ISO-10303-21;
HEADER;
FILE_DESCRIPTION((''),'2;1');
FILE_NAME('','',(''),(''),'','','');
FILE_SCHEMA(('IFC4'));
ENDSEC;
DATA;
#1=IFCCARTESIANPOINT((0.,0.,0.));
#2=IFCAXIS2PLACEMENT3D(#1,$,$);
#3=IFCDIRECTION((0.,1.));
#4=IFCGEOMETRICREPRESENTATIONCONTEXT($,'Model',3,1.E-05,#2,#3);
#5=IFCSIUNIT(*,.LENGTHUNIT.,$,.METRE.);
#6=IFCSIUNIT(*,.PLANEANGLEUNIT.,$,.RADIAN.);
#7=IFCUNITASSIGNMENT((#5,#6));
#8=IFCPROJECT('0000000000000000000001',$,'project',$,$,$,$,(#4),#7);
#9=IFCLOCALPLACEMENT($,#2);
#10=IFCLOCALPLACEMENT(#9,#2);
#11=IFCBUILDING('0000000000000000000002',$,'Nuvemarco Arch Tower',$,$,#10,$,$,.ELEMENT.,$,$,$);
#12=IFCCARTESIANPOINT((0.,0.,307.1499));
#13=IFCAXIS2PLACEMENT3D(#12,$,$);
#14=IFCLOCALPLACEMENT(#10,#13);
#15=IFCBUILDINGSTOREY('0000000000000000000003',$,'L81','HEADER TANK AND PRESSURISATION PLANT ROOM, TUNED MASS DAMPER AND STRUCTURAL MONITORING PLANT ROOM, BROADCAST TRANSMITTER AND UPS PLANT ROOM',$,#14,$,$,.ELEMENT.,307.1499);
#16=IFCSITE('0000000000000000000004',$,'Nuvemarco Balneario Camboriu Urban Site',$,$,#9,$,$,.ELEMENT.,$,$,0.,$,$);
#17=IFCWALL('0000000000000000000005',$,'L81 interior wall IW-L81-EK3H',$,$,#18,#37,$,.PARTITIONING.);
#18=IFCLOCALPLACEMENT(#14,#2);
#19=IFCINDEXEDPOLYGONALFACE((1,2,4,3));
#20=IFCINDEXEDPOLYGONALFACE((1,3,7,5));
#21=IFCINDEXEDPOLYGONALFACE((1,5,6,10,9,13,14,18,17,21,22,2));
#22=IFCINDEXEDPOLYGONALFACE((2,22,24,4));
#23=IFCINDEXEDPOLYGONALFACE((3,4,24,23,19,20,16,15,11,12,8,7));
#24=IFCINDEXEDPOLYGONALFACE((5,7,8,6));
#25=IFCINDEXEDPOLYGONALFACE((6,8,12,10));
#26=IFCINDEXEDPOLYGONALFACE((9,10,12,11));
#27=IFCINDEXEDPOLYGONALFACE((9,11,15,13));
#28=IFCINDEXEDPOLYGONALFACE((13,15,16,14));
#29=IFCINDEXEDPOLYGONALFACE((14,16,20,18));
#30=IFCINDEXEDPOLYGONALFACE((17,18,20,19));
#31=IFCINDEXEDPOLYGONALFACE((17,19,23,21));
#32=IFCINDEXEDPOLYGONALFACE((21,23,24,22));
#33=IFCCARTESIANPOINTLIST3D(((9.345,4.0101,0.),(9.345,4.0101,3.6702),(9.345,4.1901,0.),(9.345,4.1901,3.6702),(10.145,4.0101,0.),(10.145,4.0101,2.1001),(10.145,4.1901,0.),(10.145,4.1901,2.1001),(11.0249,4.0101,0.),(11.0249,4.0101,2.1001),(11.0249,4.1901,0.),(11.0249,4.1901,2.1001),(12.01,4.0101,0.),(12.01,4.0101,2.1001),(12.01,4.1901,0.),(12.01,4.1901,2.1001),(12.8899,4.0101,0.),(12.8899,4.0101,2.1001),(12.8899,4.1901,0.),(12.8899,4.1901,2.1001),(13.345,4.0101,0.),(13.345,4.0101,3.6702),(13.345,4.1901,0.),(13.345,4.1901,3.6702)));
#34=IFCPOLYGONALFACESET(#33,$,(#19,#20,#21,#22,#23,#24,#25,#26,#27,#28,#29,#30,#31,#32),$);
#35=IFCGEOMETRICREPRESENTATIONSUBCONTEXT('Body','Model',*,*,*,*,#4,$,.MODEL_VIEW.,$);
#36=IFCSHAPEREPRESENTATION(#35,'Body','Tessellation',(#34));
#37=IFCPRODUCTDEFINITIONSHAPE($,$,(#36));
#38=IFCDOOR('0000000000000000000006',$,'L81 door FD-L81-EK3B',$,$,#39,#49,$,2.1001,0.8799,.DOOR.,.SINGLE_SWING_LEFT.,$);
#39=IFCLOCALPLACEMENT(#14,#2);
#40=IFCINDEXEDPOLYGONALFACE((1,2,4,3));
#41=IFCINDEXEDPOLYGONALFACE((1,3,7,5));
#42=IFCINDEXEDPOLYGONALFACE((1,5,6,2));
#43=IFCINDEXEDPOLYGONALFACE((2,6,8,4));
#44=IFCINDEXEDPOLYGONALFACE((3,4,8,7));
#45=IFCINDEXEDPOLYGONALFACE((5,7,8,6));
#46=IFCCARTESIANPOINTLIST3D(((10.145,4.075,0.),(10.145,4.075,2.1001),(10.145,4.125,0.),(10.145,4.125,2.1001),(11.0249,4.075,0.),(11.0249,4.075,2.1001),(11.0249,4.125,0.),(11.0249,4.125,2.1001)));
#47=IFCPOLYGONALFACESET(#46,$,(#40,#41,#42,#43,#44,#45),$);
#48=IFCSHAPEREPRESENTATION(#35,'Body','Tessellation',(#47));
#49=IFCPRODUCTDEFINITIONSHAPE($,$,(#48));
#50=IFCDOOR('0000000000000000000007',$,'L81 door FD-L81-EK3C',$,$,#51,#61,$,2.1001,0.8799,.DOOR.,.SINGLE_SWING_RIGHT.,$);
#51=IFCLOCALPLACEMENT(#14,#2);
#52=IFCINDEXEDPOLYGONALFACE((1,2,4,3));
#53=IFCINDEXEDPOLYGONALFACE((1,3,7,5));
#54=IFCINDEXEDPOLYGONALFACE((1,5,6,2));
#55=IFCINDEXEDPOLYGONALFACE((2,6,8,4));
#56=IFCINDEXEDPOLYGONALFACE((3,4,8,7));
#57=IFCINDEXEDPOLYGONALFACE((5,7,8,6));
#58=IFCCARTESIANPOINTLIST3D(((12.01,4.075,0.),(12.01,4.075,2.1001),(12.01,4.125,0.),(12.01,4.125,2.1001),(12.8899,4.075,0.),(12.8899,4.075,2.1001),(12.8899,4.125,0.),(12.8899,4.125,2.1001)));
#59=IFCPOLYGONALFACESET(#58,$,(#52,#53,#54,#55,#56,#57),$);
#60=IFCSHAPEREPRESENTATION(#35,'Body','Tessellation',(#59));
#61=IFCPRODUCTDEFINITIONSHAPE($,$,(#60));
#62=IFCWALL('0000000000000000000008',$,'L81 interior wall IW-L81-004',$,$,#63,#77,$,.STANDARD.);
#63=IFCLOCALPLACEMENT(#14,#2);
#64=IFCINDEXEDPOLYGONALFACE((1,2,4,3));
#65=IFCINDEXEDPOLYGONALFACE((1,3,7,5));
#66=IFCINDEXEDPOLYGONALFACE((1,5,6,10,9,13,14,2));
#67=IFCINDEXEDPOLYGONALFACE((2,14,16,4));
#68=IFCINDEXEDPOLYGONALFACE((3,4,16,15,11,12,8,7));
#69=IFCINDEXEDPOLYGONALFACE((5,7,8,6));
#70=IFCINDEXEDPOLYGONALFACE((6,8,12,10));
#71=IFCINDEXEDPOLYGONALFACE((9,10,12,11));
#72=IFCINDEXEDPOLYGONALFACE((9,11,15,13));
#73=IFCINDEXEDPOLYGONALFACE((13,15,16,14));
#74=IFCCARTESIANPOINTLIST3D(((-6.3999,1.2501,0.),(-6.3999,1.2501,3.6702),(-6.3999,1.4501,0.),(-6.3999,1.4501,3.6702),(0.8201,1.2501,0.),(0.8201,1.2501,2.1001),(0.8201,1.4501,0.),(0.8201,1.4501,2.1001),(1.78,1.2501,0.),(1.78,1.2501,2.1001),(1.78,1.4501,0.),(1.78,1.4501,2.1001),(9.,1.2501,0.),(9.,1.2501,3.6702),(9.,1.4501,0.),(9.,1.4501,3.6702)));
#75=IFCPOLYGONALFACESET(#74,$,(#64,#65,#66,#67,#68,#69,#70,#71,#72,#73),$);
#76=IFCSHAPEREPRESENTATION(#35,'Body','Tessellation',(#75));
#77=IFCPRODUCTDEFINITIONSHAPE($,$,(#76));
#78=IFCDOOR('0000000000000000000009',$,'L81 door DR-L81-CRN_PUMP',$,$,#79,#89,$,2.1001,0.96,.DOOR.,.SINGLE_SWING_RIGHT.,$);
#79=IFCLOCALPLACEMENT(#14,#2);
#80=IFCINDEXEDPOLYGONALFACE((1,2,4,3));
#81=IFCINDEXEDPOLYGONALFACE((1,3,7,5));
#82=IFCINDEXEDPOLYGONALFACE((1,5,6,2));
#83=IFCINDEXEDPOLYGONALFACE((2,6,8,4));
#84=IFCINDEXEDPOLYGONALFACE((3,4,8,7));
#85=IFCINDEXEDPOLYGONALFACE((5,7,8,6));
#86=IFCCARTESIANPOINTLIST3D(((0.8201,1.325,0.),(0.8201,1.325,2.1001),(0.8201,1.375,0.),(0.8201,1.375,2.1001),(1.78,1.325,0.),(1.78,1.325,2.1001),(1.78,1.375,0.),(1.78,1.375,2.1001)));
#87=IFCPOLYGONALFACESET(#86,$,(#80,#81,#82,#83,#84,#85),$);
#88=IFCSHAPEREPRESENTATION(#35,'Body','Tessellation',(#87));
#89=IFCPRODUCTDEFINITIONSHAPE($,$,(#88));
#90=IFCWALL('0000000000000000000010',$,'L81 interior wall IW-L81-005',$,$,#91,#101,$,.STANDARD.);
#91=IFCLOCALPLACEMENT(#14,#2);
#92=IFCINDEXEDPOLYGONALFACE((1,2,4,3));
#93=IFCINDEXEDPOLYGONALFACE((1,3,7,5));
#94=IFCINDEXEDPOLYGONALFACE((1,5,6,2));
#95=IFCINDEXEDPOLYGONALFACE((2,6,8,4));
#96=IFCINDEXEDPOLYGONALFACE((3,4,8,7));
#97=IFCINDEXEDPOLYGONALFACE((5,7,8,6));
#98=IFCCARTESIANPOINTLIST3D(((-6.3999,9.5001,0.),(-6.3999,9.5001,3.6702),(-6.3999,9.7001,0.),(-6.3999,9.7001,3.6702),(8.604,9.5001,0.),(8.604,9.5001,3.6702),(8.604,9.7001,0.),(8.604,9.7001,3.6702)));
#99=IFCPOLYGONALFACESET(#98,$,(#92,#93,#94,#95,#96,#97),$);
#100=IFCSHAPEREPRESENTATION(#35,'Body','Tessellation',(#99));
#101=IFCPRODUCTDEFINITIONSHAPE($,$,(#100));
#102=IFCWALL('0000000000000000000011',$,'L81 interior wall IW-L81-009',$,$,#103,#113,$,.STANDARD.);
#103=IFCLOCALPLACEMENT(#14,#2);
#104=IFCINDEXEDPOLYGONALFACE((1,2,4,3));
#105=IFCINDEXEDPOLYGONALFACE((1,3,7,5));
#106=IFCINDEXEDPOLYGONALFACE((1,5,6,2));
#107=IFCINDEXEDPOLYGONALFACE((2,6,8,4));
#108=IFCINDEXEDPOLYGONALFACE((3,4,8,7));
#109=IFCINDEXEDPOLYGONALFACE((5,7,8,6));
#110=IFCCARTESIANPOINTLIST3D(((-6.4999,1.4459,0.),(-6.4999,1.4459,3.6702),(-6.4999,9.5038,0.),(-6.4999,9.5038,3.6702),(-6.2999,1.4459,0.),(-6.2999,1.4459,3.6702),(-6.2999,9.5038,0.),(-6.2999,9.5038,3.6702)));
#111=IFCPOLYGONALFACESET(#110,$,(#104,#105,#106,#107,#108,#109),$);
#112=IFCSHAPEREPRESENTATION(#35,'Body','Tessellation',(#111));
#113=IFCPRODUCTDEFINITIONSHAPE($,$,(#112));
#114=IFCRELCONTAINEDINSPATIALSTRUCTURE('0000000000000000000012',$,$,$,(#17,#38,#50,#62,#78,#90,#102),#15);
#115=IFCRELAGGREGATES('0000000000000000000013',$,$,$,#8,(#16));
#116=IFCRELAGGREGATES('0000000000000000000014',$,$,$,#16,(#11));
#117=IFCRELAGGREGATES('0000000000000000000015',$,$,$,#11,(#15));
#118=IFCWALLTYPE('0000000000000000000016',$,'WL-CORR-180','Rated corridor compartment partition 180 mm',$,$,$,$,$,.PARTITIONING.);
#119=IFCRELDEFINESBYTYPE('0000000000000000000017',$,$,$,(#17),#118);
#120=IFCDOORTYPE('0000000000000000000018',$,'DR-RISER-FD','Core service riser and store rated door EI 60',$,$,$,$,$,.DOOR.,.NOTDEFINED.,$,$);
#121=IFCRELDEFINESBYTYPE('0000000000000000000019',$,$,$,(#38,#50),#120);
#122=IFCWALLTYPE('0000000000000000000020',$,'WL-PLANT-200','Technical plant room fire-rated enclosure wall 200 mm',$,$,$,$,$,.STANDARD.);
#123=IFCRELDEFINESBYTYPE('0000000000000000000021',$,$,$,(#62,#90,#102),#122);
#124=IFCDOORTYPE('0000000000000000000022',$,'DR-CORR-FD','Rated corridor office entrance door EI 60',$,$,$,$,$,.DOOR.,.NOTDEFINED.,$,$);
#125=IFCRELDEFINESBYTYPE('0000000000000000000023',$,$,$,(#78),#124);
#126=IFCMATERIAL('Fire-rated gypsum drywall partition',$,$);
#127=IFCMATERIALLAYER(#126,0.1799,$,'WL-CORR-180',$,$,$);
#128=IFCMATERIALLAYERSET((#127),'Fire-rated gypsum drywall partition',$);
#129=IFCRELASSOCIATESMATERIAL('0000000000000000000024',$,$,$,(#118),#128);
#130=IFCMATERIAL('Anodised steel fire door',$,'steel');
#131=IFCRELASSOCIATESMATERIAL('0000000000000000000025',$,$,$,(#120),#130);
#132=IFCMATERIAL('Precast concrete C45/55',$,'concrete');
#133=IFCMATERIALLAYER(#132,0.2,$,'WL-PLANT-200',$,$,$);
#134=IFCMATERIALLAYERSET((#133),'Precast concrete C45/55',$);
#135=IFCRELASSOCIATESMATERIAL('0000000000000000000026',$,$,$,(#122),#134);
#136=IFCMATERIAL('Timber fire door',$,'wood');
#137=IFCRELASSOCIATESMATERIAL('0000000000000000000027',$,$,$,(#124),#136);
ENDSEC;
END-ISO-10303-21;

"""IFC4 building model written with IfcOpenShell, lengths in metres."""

from ifc_helpers import new_model, si_unit, direction, frame, frame_2d, origin, place, context, subcontext, project, spatial, rectangle, extrude, source, transform, mapped, material, layer, layer_set, type_object, type_shapes, element, fill, save


model = new_model("IFC4")

# Units and contexts
model_context = context("Model", 3, precision=1e-05, world=origin(), true_north=direction((0.0, 1.0)))
body_context = subcontext(model_context, "Body", "Model", "MODEL_VIEW")
ifc_project = project(units=[si_unit("LENGTHUNIT", "METRE"), si_unit("PLANEANGLEUNIT", "RADIAN")], contexts=[model_context])

# Site, building, storey
site_placement = place(None, origin())
site = spatial("IfcSite", under=ifc_project, at=site_placement, Name="Nuvemarco Balneario Camboriu Urban Site", CompositionType="ELEMENT", RefElevation=0.0)
building_placement = place(site_placement, origin())
building = spatial("IfcBuilding", under=site, at=building_placement, Name="Nuvemarco Arch Tower", CompositionType="ELEMENT")
storey_placement = place(building_placement, frame((0.0, 0.0, 307.1499)))
storey = spatial("IfcBuildingStorey", under=building, at=storey_placement, Name="L81", Description="HEADER TANK AND PRESSURISATION PLANT ROOM, TUNED MASS DAMPER AND STRUCTURAL MONITORING PLANT ROOM, BROADCAST TRANSMITTER AND UPS PLANT ROOM", CompositionType="ELEMENT", Elevation=307.1499)

# Shared definitions
ifc_material_1 = material(Name="Fire-rated gypsum drywall partition")
ifc_layer_1 = layer(ifc_material_1, 0.1799, Name="WL-CORR-180")
ifc_layer_set_1 = layer_set([ifc_layer_1], Name="Fire-rated gypsum drywall partition")
wall_type_1 = type_object("IfcWallType", Name="WL-CORR-180", Description="Rated corridor compartment partition 180 mm", PredefinedType="PARTITIONING", material=ifc_layer_set_1)
ifc_material_2 = material(Name="Anodised steel fire door", Category="steel")
door_type_1 = type_object("IfcDoorType", Name="DR-RISER-FD", Description="Core service riser and store rated door EI 60", OperationType="NOTDEFINED", PredefinedType="DOOR", material=ifc_material_2)
shared_shape_1 = source(origin(), body_context, "Body", "SweptSolid", [
    extrude(rectangle(XDim=0.8799, YDim=2.1001, at=frame_2d((0.4399, 1.05))), frame((0.0, 0.0249, 0.0), z_axis=(0.0, -1.0, 0.0), x_axis=(1.0, 0.0, 0.0)), (0.0, 0.0, 1.0), 0.05),
])
type_shapes(door_type_1, [shared_shape_1])

# Wall, openings, doors
wall_1_placement = place(storey_placement, frame((9.345, 4.1001, 0.0), z_axis=(0.0, 0.0, 1.0), x_axis=(1.0, 0.0, 0.0)))
wall_1 = element("IfcWall", 1, at=wall_1_placement, inside=storey, type_object=wall_type_1, Name="L81 interior wall IW-L81-EK3H", PredefinedType="PARTITIONING", context=body_context, shape_type="SweptSolid", body=[
    extrude(rectangle(XDim=4.0, YDim=0.1799, at=frame_2d((2.0, 0.0))), origin(), (0.0, 0.0, 1.0), 3.6702),
])
opening_1_placement = place(wall_1_placement, frame((0.8, 0.0, 0.0)))
opening_1 = element("IfcOpeningElement", 2, at=opening_1_placement, cuts=wall_1, PredefinedType="OPENING", context=body_context, shape_type="SweptSolid", body=[
    extrude(rectangle(XDim=0.8799, YDim=2.1001, at=frame_2d((0.4399, 1.05))), frame((0.0, 0.0999, 0.0), z_axis=(0.0, -1.0, 0.0), x_axis=(1.0, 0.0, 0.0)), (0.0, 0.0, 1.0), 0.2),
])
opening_2_placement = place(wall_1_placement, frame((2.665, 0.0, 0.0)))
opening_2 = element("IfcOpeningElement", 3, at=opening_2_placement, cuts=wall_1, PredefinedType="OPENING", context=body_context, shape_type="SweptSolid", body=[
    extrude(rectangle(XDim=0.8799, YDim=2.1001, at=frame_2d((0.4399, 1.05))), frame((0.0, 0.0999, 0.0), z_axis=(0.0, -1.0, 0.0), x_axis=(1.0, 0.0, 0.0)), (0.0, 0.0, 1.0), 0.2),
])
door_1_placement = place(opening_1_placement, origin())
door_1 = element("IfcDoor", 4, at=door_1_placement, inside=storey, type_object=door_type_1, Name="L81 door FD-L81-EK3B", OperationType="SINGLE_SWING_LEFT", OverallHeight=2.1001, OverallWidth=0.8799, PredefinedType="DOOR", context=body_context, shape_type="MappedRepresentation", body=[
    mapped(shared_shape_1, transform((0.0, 0.0, 0.0), scale=1.0)),
])
fill(opening_1, door_1)
door_2_placement = place(opening_2_placement, origin())
door_2 = element("IfcDoor", 5, at=door_2_placement, inside=storey, type_object=door_type_1, Name="L81 door FD-L81-EK3C", OperationType="SINGLE_SWING_RIGHT", OverallHeight=2.1001, OverallWidth=0.8799, PredefinedType="DOOR", context=body_context, shape_type="MappedRepresentation", body=[
    mapped(shared_shape_1, transform((0.0, 0.0, 0.0), scale=1.0)),
])
fill(opening_2, door_2)

# Wall, opening, door
ifc_material_3 = material(Name="Precast concrete C45/55", Category="concrete")
ifc_layer_2 = layer(ifc_material_3, 0.2, Name="WL-PLANT-200")
ifc_layer_set_2 = layer_set([ifc_layer_2], Name="Precast concrete C45/55")
wall_type_2 = type_object("IfcWallType", Name="WL-PLANT-200", Description="Technical plant room fire-rated enclosure wall 200 mm", PredefinedType="STANDARD", material=ifc_layer_set_2)
wall_2_placement = place(storey_placement, frame((-6.3999, 1.3501, 0.0), z_axis=(0.0, 0.0, 1.0), x_axis=(1.0, 0.0, 0.0)))
wall_2 = element("IfcWall", 6, at=wall_2_placement, inside=storey, type_object=wall_type_2, Name="L81 interior wall IW-L81-004", PredefinedType="STANDARD", context=body_context, shape_type="SweptSolid", body=[
    extrude(rectangle(XDim=15.3999, YDim=0.2, at=frame_2d((7.7, 0.0))), origin(), (0.0, 0.0, 1.0), 3.6702),
])
opening_3_placement = place(wall_2_placement, frame((7.22, 0.0, 0.0)))
opening_3 = element("IfcOpeningElement", 7, at=opening_3_placement, cuts=wall_2, PredefinedType="OPENING", context=body_context, shape_type="SweptSolid", body=[
    extrude(rectangle(XDim=0.96, YDim=2.1001, at=frame_2d((0.48, 1.05))), frame((0.0, 0.1099, 0.0), z_axis=(0.0, -1.0, 0.0), x_axis=(1.0, 0.0, 0.0)), (0.0, 0.0, 1.0), 0.22),
])
ifc_material_4 = material(Name="Timber fire door", Category="wood")
door_type_2 = type_object("IfcDoorType", Name="DR-CORR-FD", Description="Rated corridor office entrance door EI 60", OperationType="NOTDEFINED", PredefinedType="DOOR", material=ifc_material_4)
shared_shape_2 = source(origin(), body_context, "Body", "SweptSolid", [
    extrude(rectangle(XDim=0.96, YDim=2.1001, at=frame_2d((0.48, 1.05))), frame((0.0, 0.0249, 0.0), z_axis=(0.0, -1.0, 0.0), x_axis=(1.0, 0.0, 0.0)), (0.0, 0.0, 1.0), 0.05),
])
type_shapes(door_type_2, [shared_shape_2])
door_3_placement = place(opening_3_placement, origin())
door_3 = element("IfcDoor", 8, at=door_3_placement, inside=storey, type_object=door_type_2, Name="L81 door DR-L81-CRN_PUMP", OperationType="SINGLE_SWING_RIGHT", OverallHeight=2.1001, OverallWidth=0.96, PredefinedType="DOOR", context=body_context, shape_type="MappedRepresentation", body=[
    mapped(shared_shape_2, transform((0.0, 0.0, 0.0), scale=1.0)),
])
fill(opening_3, door_3)

# Walls
wall_3_placement = place(storey_placement, frame((-6.3999, 9.6001, 0.0), z_axis=(0.0, 0.0, 1.0), x_axis=(1.0, 0.0, 0.0)))
element("IfcWall", 9, at=wall_3_placement, inside=storey, type_object=wall_type_2, Name="L81 interior wall IW-L81-005", PredefinedType="STANDARD", context=body_context, shape_type="SweptSolid", body=[
    extrude(rectangle(XDim=15.0039, YDim=0.2, at=frame_2d((7.502, 0.0))), origin(), (0.0, 0.0, 1.0), 3.6702),
])
wall_4_placement = place(storey_placement, frame((-6.3999, 1.446, 0.0), z_axis=(0.0, 0.0, 1.0), x_axis=(0.0, 1.0, 0.0)))
element("IfcWall", 10, at=wall_4_placement, inside=storey, type_object=wall_type_2, Name="L81 interior wall IW-L81-009", PredefinedType="STANDARD", context=body_context, shape_type="SweptSolid", body=[
    extrude(rectangle(XDim=8.0579, YDim=0.2, at=frame_2d((4.0288, 0.0))), origin(), (0.0, 0.0, 1.0), 3.6702),
])

save(model, "model.ifc")
